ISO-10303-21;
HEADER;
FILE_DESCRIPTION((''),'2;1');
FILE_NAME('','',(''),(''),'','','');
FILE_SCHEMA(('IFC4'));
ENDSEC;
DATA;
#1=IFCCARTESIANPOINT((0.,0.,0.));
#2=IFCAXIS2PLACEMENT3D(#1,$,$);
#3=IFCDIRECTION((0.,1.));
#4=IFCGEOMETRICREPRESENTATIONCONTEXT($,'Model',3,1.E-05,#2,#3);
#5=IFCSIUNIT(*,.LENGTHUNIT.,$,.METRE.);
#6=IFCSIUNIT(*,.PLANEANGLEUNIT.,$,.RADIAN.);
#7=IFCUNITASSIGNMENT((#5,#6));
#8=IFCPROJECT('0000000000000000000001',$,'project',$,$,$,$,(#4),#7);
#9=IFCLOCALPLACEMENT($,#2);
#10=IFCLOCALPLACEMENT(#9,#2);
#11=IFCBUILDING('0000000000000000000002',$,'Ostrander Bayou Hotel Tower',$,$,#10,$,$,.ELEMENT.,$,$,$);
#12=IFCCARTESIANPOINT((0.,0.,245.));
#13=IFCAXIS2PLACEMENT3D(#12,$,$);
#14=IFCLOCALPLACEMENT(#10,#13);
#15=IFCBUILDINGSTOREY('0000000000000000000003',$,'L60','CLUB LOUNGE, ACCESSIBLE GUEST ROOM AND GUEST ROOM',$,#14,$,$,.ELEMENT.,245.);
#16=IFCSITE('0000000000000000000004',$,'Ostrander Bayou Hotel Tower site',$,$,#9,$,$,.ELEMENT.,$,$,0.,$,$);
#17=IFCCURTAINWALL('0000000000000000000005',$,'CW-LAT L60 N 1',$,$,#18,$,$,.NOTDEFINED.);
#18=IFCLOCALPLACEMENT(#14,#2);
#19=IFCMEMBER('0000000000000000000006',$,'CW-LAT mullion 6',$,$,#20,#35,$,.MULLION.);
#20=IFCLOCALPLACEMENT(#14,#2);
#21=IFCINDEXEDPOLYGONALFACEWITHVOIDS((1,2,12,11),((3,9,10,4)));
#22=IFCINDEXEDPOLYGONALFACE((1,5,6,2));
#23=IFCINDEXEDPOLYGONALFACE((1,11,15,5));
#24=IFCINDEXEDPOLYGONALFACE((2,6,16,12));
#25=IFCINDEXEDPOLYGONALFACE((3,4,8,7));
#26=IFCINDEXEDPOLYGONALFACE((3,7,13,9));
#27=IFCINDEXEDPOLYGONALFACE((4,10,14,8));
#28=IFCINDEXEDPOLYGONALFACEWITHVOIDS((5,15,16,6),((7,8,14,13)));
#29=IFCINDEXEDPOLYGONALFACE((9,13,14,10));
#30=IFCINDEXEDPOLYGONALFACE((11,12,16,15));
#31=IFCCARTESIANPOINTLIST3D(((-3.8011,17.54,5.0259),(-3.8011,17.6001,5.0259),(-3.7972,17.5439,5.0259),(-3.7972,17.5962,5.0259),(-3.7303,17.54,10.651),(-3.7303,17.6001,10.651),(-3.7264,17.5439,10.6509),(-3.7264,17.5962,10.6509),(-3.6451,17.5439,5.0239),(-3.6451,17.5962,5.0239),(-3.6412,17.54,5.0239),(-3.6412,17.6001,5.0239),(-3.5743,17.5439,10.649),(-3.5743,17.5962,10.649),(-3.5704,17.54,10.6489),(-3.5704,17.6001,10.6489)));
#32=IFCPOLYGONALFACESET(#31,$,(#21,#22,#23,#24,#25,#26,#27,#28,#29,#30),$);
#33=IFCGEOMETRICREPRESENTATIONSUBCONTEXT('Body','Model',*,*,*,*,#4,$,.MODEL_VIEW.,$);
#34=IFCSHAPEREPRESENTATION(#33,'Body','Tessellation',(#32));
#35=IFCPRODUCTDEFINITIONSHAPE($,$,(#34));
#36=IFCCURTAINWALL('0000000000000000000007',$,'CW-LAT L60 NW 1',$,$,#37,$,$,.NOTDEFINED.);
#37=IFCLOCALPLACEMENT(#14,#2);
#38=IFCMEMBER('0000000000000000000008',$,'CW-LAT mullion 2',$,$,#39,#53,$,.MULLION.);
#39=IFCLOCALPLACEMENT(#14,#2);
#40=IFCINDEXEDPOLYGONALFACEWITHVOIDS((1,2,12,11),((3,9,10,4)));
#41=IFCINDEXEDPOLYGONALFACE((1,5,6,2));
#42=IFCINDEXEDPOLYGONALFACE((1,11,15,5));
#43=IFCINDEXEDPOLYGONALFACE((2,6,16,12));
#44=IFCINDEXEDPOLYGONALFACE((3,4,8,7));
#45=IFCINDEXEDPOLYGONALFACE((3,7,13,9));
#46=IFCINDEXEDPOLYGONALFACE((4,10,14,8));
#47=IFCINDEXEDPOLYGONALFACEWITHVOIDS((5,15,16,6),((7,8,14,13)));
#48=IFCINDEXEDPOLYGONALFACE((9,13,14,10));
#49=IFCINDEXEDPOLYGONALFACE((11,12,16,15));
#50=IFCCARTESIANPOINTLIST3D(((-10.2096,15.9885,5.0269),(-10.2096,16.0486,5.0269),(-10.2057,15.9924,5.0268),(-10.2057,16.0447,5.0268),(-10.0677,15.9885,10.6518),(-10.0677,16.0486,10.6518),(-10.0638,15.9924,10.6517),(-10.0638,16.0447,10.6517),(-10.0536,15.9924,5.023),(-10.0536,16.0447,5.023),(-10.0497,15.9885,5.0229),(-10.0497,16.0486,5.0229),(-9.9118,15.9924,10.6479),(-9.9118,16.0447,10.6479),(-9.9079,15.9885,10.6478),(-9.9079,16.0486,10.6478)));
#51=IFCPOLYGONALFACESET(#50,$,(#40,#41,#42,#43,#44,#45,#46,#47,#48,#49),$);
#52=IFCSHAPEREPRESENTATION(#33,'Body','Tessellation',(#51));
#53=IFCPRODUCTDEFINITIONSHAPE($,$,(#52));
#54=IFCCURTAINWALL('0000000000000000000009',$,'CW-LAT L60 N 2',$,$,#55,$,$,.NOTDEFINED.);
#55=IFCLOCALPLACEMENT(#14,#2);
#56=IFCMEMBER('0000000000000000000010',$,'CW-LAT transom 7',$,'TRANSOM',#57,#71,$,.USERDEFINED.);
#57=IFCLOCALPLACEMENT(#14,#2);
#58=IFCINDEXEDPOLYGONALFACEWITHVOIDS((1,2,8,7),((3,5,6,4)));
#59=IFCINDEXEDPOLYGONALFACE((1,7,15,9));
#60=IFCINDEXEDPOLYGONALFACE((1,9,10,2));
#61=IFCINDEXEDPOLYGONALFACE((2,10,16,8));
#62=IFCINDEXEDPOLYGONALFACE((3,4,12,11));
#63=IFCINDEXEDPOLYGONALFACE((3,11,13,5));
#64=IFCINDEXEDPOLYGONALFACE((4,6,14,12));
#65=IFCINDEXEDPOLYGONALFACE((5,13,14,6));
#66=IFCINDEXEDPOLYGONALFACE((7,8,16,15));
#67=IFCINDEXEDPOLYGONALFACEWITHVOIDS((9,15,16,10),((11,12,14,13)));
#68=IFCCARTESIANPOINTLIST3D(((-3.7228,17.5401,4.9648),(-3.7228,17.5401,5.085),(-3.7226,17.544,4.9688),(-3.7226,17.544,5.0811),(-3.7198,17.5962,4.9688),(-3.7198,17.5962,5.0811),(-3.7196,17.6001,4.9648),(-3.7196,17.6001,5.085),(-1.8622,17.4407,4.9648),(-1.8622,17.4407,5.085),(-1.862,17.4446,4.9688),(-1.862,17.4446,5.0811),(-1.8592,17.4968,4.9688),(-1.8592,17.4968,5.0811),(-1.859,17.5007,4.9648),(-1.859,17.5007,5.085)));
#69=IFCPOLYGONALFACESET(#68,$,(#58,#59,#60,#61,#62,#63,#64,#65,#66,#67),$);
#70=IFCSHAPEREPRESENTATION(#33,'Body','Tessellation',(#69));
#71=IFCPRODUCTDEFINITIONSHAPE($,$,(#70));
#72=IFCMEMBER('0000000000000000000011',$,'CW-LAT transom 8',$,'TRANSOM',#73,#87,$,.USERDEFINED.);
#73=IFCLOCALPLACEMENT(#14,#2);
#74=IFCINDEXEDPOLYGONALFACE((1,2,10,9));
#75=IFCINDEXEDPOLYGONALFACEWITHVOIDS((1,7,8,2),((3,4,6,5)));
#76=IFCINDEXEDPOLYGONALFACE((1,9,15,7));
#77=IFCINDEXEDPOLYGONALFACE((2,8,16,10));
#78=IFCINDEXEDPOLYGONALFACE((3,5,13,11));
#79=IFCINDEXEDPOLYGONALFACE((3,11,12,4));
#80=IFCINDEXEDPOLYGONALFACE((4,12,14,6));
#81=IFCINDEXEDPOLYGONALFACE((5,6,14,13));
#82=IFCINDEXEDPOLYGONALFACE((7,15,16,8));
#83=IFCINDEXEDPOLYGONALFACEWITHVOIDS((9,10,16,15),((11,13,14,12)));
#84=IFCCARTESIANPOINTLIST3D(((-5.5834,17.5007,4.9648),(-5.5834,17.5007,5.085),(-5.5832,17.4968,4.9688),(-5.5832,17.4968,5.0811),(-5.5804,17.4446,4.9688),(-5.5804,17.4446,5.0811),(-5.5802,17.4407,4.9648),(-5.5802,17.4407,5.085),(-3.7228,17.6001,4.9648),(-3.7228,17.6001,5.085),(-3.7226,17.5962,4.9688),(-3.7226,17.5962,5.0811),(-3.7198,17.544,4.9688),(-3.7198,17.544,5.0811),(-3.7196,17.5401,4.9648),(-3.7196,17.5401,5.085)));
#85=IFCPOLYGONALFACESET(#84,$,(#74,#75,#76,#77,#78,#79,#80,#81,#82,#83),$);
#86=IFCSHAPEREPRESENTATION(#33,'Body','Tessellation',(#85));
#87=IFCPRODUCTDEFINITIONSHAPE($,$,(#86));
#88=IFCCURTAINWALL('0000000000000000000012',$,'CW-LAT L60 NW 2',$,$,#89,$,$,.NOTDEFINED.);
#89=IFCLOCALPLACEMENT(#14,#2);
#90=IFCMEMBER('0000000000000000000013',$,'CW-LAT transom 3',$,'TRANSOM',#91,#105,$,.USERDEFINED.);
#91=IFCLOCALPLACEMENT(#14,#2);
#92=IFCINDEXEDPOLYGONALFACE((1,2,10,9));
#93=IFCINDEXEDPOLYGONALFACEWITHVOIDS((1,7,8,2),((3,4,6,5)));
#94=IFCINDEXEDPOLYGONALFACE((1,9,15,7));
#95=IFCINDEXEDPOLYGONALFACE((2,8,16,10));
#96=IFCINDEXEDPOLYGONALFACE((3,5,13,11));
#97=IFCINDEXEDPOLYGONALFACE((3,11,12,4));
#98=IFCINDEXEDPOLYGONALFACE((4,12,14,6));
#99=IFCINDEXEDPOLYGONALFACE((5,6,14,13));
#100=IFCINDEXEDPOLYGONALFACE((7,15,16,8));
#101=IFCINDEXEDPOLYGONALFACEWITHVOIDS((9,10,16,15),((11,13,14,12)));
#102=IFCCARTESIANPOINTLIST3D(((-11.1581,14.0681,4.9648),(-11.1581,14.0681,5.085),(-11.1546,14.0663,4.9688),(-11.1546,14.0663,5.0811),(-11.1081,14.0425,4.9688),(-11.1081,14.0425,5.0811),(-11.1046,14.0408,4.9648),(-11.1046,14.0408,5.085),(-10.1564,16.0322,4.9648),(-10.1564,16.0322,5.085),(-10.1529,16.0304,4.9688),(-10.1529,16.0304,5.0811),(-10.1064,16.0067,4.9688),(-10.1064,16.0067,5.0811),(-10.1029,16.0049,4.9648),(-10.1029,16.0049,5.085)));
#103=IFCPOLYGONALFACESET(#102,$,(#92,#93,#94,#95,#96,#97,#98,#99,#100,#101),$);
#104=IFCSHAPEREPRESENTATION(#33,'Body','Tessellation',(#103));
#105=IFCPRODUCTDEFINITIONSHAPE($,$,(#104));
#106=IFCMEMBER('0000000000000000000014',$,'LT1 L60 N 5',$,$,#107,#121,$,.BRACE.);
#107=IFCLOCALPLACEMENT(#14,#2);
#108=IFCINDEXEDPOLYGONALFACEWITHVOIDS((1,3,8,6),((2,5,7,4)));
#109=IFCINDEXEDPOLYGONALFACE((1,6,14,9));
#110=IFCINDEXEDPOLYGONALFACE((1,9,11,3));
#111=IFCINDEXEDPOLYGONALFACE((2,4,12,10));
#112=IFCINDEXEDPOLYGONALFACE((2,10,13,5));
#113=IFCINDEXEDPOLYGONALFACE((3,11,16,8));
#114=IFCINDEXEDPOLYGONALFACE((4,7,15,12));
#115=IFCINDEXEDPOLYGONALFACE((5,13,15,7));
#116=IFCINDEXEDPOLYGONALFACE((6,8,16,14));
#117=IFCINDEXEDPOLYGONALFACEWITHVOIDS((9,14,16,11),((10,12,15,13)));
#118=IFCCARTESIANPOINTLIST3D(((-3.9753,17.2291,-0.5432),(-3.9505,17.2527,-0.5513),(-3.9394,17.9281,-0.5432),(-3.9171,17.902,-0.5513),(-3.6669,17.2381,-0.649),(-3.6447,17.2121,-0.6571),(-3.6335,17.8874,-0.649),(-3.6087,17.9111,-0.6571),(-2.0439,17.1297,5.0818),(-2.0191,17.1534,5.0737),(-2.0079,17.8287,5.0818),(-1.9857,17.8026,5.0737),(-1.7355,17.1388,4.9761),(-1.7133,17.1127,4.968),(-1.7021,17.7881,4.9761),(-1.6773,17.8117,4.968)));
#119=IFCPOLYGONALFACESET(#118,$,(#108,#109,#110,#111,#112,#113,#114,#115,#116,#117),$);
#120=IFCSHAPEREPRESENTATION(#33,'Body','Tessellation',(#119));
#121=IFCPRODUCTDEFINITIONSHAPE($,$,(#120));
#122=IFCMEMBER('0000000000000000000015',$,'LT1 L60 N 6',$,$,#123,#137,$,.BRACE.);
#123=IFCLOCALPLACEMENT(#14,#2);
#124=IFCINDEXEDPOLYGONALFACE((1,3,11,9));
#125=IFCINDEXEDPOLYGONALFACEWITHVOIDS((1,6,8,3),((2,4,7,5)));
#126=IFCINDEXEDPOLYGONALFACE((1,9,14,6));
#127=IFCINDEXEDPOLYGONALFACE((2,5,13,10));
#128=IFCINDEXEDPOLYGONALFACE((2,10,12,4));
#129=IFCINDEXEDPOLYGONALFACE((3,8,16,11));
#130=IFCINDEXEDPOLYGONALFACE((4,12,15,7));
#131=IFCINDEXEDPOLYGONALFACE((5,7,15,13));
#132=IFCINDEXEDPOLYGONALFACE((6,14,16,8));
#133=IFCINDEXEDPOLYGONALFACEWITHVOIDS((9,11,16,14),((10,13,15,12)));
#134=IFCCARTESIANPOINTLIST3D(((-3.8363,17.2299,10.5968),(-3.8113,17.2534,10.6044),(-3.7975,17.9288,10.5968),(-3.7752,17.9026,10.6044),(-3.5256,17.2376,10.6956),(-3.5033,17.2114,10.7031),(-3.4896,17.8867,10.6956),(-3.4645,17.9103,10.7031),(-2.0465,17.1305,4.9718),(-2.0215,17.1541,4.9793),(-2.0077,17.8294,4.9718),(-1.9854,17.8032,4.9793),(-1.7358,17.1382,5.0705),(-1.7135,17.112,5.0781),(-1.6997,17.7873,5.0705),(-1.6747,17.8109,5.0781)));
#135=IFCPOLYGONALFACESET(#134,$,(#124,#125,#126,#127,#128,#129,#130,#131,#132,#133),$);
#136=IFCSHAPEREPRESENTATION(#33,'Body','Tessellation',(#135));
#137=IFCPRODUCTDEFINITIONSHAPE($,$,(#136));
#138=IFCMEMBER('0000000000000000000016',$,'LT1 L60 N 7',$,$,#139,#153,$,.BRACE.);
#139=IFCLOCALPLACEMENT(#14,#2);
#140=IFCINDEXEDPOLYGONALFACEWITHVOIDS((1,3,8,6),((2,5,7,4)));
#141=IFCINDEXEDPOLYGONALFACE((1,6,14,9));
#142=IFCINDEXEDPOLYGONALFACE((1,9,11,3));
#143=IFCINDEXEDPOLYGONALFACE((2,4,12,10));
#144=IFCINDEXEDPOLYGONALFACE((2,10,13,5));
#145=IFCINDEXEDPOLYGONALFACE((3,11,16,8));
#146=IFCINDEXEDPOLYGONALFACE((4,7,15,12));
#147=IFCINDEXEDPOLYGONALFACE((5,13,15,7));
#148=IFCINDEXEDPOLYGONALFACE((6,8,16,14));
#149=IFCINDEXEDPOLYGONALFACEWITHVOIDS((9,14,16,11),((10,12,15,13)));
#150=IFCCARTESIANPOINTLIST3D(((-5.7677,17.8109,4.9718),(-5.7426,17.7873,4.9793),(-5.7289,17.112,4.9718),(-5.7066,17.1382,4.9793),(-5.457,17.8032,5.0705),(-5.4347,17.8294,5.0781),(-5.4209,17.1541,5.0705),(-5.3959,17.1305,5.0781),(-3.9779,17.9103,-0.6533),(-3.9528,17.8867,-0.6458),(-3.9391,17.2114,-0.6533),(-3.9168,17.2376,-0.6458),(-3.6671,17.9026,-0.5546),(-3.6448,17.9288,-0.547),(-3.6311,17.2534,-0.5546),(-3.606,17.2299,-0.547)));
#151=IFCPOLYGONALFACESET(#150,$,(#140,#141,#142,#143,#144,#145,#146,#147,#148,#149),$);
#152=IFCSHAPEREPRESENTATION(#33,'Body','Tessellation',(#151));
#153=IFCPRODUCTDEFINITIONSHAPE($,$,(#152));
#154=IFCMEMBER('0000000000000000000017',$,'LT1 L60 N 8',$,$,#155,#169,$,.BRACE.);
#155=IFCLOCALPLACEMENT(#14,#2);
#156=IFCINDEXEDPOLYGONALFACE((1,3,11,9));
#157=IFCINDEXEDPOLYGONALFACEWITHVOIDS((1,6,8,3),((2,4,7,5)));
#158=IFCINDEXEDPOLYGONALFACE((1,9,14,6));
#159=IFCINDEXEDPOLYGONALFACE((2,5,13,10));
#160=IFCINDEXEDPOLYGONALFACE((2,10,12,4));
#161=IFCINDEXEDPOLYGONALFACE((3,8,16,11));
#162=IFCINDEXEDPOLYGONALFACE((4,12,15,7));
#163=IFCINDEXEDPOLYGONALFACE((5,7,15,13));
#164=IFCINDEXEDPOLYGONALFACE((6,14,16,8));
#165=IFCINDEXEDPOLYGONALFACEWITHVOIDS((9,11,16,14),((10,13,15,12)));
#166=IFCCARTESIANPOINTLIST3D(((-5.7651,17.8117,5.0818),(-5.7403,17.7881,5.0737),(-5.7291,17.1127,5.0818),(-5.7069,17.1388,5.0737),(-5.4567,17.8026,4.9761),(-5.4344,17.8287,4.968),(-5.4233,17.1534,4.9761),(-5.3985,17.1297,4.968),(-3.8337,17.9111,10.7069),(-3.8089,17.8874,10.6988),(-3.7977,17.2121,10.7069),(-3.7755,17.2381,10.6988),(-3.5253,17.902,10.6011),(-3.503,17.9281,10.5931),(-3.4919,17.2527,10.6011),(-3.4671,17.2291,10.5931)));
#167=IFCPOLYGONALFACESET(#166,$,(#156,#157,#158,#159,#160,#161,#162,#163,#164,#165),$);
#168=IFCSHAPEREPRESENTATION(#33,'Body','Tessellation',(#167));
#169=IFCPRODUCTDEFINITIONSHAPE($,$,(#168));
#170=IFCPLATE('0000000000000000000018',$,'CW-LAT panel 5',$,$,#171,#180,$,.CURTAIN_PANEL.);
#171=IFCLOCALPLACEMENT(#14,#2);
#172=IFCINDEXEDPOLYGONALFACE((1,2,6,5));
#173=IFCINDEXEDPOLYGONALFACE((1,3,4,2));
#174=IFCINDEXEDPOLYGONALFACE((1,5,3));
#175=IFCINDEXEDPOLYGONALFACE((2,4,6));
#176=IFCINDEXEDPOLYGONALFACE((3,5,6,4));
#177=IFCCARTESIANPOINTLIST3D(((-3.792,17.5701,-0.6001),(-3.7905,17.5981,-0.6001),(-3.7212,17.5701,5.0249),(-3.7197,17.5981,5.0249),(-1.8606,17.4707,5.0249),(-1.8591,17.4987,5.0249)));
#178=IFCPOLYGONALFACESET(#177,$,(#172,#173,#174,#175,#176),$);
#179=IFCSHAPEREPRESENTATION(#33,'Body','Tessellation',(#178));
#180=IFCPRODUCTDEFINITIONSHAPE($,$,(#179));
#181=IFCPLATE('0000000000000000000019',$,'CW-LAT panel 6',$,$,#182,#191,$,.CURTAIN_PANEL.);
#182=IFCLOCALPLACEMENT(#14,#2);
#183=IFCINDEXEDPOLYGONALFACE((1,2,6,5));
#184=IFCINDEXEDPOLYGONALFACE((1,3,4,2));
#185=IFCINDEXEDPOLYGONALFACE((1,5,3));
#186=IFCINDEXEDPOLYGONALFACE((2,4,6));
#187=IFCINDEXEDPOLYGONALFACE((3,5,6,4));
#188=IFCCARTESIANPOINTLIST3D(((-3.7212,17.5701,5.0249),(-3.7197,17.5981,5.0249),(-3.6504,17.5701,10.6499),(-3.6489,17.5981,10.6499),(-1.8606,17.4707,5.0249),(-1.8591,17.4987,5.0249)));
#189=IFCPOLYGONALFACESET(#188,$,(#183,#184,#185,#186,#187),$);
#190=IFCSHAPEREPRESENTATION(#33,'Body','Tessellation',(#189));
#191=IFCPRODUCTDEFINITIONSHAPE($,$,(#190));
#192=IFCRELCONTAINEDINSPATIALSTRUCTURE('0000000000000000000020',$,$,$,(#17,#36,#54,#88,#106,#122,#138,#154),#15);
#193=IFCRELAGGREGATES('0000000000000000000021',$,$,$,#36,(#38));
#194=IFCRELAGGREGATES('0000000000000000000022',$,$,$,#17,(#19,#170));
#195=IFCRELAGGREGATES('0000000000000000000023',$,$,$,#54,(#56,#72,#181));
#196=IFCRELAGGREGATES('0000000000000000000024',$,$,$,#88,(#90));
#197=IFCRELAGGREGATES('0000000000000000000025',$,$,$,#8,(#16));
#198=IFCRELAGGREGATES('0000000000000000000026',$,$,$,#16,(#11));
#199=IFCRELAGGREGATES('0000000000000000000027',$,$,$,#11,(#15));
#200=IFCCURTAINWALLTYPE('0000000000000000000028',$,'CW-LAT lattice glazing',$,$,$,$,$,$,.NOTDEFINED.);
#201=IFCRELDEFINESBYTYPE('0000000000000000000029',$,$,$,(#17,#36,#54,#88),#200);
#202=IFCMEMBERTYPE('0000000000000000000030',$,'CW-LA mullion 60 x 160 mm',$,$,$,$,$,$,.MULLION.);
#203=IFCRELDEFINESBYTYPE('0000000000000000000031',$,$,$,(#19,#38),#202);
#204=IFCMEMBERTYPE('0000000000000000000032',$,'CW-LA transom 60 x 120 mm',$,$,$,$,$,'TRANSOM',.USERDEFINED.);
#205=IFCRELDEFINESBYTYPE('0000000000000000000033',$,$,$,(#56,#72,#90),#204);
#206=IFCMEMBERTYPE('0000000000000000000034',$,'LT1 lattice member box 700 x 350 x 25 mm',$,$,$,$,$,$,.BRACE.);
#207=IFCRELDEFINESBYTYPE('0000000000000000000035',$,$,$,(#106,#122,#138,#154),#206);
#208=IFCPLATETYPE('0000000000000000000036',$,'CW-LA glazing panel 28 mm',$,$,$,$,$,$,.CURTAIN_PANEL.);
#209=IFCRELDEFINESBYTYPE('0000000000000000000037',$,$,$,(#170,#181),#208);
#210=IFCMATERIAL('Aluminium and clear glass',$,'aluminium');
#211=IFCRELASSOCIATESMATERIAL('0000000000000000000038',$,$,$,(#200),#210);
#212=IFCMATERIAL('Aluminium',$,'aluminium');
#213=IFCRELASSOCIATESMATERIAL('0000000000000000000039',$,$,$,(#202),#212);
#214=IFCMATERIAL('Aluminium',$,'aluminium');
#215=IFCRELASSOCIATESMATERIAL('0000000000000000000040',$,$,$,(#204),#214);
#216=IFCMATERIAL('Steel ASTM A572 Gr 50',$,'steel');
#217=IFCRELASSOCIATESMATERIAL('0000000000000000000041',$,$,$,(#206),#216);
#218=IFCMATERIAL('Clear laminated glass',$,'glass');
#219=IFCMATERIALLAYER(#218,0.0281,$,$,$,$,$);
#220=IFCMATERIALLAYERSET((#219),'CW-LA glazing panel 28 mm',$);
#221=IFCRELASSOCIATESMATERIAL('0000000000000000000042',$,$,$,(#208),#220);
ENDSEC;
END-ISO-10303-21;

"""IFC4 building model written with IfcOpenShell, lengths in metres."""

from ifc_helpers import new_model, si_unit, direction, frame, origin, origin_2d, place, context, subcontext, project, spatial, polyline, hollow_rectangle, outline, extrude, material, layer, layer_set, material_profile, profile_set, type_object, element, aggregate, save


model = new_model("IFC4")

# Units and contexts
model_context = context("Model", 3, precision=1e-05, world=origin(), true_north=direction((0.0, 1.0)))
body_context = subcontext(model_context, "Body", "Model", "MODEL_VIEW")
ifc_project = project(units=[si_unit("LENGTHUNIT", "METRE"), si_unit("PLANEANGLEUNIT", "RADIAN")], contexts=[model_context])

# Site, building, storey
site_placement = place(None, origin())
site = spatial("IfcSite", under=ifc_project, at=site_placement, Name="Ostrander Bayou Hotel Tower site", CompositionType="ELEMENT", RefElevation=0.0)
building_placement = place(site_placement, origin())
building = spatial("IfcBuilding", under=site, at=building_placement, Name="Ostrander Bayou Hotel Tower", CompositionType="ELEMENT")
storey_placement = place(building_placement, frame((0.0, 0.0, 245.0)))
storey = spatial("IfcBuildingStorey", under=building, at=storey_placement, Name="L60", Description="CLUB LOUNGE, ACCESSIBLE GUEST ROOM AND GUEST ROOM", CompositionType="ELEMENT", Elevation=245.0)

# Curtain walls, members
ifc_material_1 = material(Name="Aluminium and clear glass", Category="aluminium")
curtain_wall_type = type_object("IfcCurtainWallType", Name="CW-LAT lattice glazing", PredefinedType="NOTDEFINED", material=ifc_material_1)
curtain_wall_1_placement = place(storey_placement, origin())
curtain_wall_1 = element("IfcCurtainWall", 1, at=curtain_wall_1_placement, inside=storey, type_object=curtain_wall_type, Name="CW-LAT L60 N 1", PredefinedType="NOTDEFINED")
ifc_material_2 = material(Name="Aluminium", Category="aluminium")
ifc_material_profile_1 = material_profile(ifc_material_2, hollow_rectangle(XDim=0.0601, YDim=0.1599, WallThickness=0.0039, at=origin_2d()))
ifc_profile_set_1 = profile_set([ifc_material_profile_1], Name="Aluminium")
member_type_1 = type_object("IfcMemberType", Name="CW-LA mullion 60 x 160 mm", PredefinedType="MULLION", material=ifc_profile_set_1)
member_1_placement = place(storey_placement, frame((-3.7212, 17.5701, 5.0249), z_axis=(0.012586, 0.0, 0.999921), x_axis=(0.0, 1.0, 0.0)))
member_1 = element("IfcMember", 2, at=member_1_placement, type_object=member_type_1, Name="CW-LAT mullion 6", PredefinedType="MULLION", context=body_context, shape_type="SweptSolid", body=[
    extrude(hollow_rectangle(XDim=0.0601, YDim=0.1599, WallThickness=0.0039, at=origin_2d()), origin(), (0.0, 0.0, 1.0), 5.6255),
])
curtain_wall_2_placement = place(storey_placement, origin())
curtain_wall_2 = element("IfcCurtainWall", 3, at=curtain_wall_2_placement, inside=storey, type_object=curtain_wall_type, Name="CW-LAT L60 NW 1", PredefinedType="NOTDEFINED")
member_2_placement = place(storey_placement, frame((-10.1296, 16.0186, 5.0249), z_axis=(0.025209, 0.0, 0.999682), x_axis=(0.0, 1.0, 0.0)))
member_2 = element("IfcMember", 4, at=member_2_placement, type_object=member_type_1, Name="CW-LAT mullion 2", PredefinedType="MULLION", context=body_context, shape_type="SweptSolid", body=[
    extrude(hollow_rectangle(XDim=0.0601, YDim=0.1599, WallThickness=0.0039, at=origin_2d()), origin(), (0.0, 0.0, 1.0), 5.6267),
])
aggregate(curtain_wall_2, [member_2])

# Curtain wall, members
curtain_wall_3_placement = place(storey_placement, origin())
curtain_wall_3 = element("IfcCurtainWall", 5, at=curtain_wall_3_placement, inside=storey, type_object=curtain_wall_type, Name="CW-LAT L60 N 2", PredefinedType="NOTDEFINED")
ifc_material_3 = material(Name="Aluminium", Category="aluminium")
ifc_material_profile_2 = material_profile(ifc_material_3, hollow_rectangle(XDim=0.0601, YDim=0.1201, WallThickness=0.0039, at=origin_2d()))
ifc_profile_set_2 = profile_set([ifc_material_profile_2], Name="Aluminium")
member_type_2 = type_object("IfcMemberType", Name="CW-LA transom 60 x 120 mm", ElementType="TRANSOM", PredefinedType="USERDEFINED", material=ifc_profile_set_2)
member_3_placement = place(storey_placement, frame((-3.7212, 17.5701, 5.0249), z_axis=(0.998577, -0.053329, 0.0), x_axis=(0.053329, 0.998577, 0.0)))
member_3 = element("IfcMember", 6, at=member_3_placement, type_object=member_type_2, Name="CW-LAT transom 7", ObjectType="TRANSOM", PredefinedType="USERDEFINED", context=body_context, shape_type="SweptSolid", body=[
    extrude(hollow_rectangle(XDim=0.0601, YDim=0.1201, WallThickness=0.0039, at=origin_2d()), origin(), (0.0, 0.0, 1.0), 1.8633),
])
member_4_placement = place(storey_placement, frame((-3.7212, 17.5701, 5.0249), z_axis=(-0.998577, -0.053329, 0.0), x_axis=(0.053329, -0.998577, 0.0)))
member_4 = element("IfcMember", 7, at=member_4_placement, type_object=member_type_2, Name="CW-LAT transom 8", ObjectType="TRANSOM", PredefinedType="USERDEFINED", context=body_context, shape_type="SweptSolid", body=[
    extrude(hollow_rectangle(XDim=0.0601, YDim=0.1201, WallThickness=0.0039, at=origin_2d()), origin(), (0.0, 0.0, 1.0), 1.8633),
])

# Curtain wall, member
curtain_wall_4_placement = place(storey_placement, origin())
curtain_wall_4 = element("IfcCurtainWall", 8, at=curtain_wall_4_placement, inside=storey, type_object=curtain_wall_type, Name="CW-LAT L60 NW 2", PredefinedType="NOTDEFINED")
member_5_placement = place(storey_placement, frame((-10.1296, 16.0186, 5.0249), z_axis=(-0.45433, -0.890833, 0.0), x_axis=(0.890833, -0.45433, 0.0)))
member_5 = element("IfcMember", 9, at=member_5_placement, type_object=member_type_2, Name="CW-LAT transom 3", ObjectType="TRANSOM", PredefinedType="USERDEFINED", context=body_context, shape_type="SweptSolid", body=[
    extrude(hollow_rectangle(XDim=0.0601, YDim=0.1201, WallThickness=0.0039, at=origin_2d()), origin(), (0.0, 0.0, 1.0), 2.2048),
])

# Members
ifc_material_4 = material(Name="Steel ASTM A572 Gr 50", Category="steel")
ifc_material_profile_3 = material_profile(ifc_material_4, hollow_rectangle(XDim=0.7, YDim=0.3501, WallThickness=0.0249, at=origin_2d()))
ifc_profile_set_3 = profile_set([ifc_material_profile_3], Name="Steel ASTM A572 Gr 50")
member_type_3 = type_object("IfcMemberType", Name="LT1 lattice member box 700 x 350 x 25 mm", PredefinedType="BRACE", material=ifc_profile_set_3)
member_6_placement = place(storey_placement, frame((-1.8606, 17.4707, 5.0249), z_axis=(-0.324704, 0.016705, -0.945668), x_axis=(-0.051379, -0.998679, 0.0)))
element("IfcMember", 10, at=member_6_placement, inside=storey, type_object=member_type_3, Name="LT1 L60 N 5", PredefinedType="BRACE", context=body_context, shape_type="SweptSolid", body=[
    extrude(hollow_rectangle(XDim=0.7, YDim=0.3501, WallThickness=0.0249, at=origin_2d()), origin(), (0.0, 0.0, 1.0), 5.9482),
])
for number, where, z_axis, x_axis, name in (
    (11, (-1.8606, 17.4707, 5.0249), (-0.303164, 0.016831, 0.95279), (-0.055432, -0.998462, 0.0), "LT1 L60 N 6"),
    (12, (-5.5818, 17.4707, 5.0249), (0.303164, 0.016831, -0.95279), (-0.055432, 0.998462, 0.0), "LT1 L60 N 7"),
):
    element("IfcMember", number, at=place(storey_placement, frame(where, z_axis=z_axis, x_axis=x_axis)), inside=storey, type_object=member_type_3, Name=name, PredefinedType="BRACE", context=body_context, shape_type="SweptSolid", body=[
        extrude(hollow_rectangle(XDim=0.7, YDim=0.3501, WallThickness=0.0249, at=origin_2d()), origin(), (0.0, 0.0, 1.0), 5.9038),
    ])
member_7_placement = place(storey_placement, frame((-5.5818, 17.4707, 5.0249), z_axis=(0.324704, 0.016705, 0.945668), x_axis=(-0.051379, 0.998679, 0.0)))
element("IfcMember", 13, at=member_7_placement, inside=storey, type_object=member_type_3, Name="LT1 L60 N 8", PredefinedType="BRACE", context=body_context, shape_type="SweptSolid", body=[
    extrude(hollow_rectangle(XDim=0.7, YDim=0.3501, WallThickness=0.0249, at=origin_2d()), origin(), (0.0, 0.0, 1.0), 5.9482),
])

# Plates
ifc_material_5 = material(Name="Clear laminated glass", Category="glass")
ifc_layer_1 = layer(ifc_material_5, 0.0281)
ifc_layer_set_1 = layer_set([ifc_layer_1], Name="CW-LA glazing panel 28 mm")
plate_type = type_object("IfcPlateType", Name="CW-LA glazing panel 28 mm", PredefinedType="CURTAIN_PANEL", material=ifc_layer_set_1)
plate_1_placement = place(storey_placement, frame((-1.8606, 17.4707, 5.0249), z_axis=(-0.053329, -0.998577, 0.000671), x_axis=(-0.324704, 0.016705, -0.945668)))
plate_1 = element("IfcPlate", 14, at=plate_1_placement, type_object=plate_type, Name="CW-LAT panel 5", PredefinedType="CURTAIN_PANEL", context=body_context, shape_type="SweptSolid", body=[
    extrude(outline(polyline([(0.0, 0.0), (5.9482, 0.0), (0.6058, -1.762), (0.0, 0.0)])), origin(), (0.0, 0.0, -1.0), 0.0281),
])
aggregate(curtain_wall_1, [member_1, plate_1])
plate_2_placement = place(storey_placement, frame((-1.8606, 17.4707, 5.0249), z_axis=(-0.053329, -0.998577, 0.000671), x_axis=(-0.303164, 0.016831, 0.95279)))
plate_2 = element("IfcPlate", 15, at=plate_2_placement, type_object=plate_type, Name="CW-LAT panel 6", PredefinedType="CURTAIN_PANEL", context=body_context, shape_type="SweptSolid", body=[
    extrude(outline(polyline([(0.0, 0.0), (5.9037, 0.0), (0.5657, 1.7753), (0.0, 0.0)])), origin(), (0.0, 0.0, -1.0), 0.0281),
])
aggregate(curtain_wall_3, [member_3, member_4, plate_2])

aggregate(curtain_wall_4, [member_5])

save(model, "model.ifc")
